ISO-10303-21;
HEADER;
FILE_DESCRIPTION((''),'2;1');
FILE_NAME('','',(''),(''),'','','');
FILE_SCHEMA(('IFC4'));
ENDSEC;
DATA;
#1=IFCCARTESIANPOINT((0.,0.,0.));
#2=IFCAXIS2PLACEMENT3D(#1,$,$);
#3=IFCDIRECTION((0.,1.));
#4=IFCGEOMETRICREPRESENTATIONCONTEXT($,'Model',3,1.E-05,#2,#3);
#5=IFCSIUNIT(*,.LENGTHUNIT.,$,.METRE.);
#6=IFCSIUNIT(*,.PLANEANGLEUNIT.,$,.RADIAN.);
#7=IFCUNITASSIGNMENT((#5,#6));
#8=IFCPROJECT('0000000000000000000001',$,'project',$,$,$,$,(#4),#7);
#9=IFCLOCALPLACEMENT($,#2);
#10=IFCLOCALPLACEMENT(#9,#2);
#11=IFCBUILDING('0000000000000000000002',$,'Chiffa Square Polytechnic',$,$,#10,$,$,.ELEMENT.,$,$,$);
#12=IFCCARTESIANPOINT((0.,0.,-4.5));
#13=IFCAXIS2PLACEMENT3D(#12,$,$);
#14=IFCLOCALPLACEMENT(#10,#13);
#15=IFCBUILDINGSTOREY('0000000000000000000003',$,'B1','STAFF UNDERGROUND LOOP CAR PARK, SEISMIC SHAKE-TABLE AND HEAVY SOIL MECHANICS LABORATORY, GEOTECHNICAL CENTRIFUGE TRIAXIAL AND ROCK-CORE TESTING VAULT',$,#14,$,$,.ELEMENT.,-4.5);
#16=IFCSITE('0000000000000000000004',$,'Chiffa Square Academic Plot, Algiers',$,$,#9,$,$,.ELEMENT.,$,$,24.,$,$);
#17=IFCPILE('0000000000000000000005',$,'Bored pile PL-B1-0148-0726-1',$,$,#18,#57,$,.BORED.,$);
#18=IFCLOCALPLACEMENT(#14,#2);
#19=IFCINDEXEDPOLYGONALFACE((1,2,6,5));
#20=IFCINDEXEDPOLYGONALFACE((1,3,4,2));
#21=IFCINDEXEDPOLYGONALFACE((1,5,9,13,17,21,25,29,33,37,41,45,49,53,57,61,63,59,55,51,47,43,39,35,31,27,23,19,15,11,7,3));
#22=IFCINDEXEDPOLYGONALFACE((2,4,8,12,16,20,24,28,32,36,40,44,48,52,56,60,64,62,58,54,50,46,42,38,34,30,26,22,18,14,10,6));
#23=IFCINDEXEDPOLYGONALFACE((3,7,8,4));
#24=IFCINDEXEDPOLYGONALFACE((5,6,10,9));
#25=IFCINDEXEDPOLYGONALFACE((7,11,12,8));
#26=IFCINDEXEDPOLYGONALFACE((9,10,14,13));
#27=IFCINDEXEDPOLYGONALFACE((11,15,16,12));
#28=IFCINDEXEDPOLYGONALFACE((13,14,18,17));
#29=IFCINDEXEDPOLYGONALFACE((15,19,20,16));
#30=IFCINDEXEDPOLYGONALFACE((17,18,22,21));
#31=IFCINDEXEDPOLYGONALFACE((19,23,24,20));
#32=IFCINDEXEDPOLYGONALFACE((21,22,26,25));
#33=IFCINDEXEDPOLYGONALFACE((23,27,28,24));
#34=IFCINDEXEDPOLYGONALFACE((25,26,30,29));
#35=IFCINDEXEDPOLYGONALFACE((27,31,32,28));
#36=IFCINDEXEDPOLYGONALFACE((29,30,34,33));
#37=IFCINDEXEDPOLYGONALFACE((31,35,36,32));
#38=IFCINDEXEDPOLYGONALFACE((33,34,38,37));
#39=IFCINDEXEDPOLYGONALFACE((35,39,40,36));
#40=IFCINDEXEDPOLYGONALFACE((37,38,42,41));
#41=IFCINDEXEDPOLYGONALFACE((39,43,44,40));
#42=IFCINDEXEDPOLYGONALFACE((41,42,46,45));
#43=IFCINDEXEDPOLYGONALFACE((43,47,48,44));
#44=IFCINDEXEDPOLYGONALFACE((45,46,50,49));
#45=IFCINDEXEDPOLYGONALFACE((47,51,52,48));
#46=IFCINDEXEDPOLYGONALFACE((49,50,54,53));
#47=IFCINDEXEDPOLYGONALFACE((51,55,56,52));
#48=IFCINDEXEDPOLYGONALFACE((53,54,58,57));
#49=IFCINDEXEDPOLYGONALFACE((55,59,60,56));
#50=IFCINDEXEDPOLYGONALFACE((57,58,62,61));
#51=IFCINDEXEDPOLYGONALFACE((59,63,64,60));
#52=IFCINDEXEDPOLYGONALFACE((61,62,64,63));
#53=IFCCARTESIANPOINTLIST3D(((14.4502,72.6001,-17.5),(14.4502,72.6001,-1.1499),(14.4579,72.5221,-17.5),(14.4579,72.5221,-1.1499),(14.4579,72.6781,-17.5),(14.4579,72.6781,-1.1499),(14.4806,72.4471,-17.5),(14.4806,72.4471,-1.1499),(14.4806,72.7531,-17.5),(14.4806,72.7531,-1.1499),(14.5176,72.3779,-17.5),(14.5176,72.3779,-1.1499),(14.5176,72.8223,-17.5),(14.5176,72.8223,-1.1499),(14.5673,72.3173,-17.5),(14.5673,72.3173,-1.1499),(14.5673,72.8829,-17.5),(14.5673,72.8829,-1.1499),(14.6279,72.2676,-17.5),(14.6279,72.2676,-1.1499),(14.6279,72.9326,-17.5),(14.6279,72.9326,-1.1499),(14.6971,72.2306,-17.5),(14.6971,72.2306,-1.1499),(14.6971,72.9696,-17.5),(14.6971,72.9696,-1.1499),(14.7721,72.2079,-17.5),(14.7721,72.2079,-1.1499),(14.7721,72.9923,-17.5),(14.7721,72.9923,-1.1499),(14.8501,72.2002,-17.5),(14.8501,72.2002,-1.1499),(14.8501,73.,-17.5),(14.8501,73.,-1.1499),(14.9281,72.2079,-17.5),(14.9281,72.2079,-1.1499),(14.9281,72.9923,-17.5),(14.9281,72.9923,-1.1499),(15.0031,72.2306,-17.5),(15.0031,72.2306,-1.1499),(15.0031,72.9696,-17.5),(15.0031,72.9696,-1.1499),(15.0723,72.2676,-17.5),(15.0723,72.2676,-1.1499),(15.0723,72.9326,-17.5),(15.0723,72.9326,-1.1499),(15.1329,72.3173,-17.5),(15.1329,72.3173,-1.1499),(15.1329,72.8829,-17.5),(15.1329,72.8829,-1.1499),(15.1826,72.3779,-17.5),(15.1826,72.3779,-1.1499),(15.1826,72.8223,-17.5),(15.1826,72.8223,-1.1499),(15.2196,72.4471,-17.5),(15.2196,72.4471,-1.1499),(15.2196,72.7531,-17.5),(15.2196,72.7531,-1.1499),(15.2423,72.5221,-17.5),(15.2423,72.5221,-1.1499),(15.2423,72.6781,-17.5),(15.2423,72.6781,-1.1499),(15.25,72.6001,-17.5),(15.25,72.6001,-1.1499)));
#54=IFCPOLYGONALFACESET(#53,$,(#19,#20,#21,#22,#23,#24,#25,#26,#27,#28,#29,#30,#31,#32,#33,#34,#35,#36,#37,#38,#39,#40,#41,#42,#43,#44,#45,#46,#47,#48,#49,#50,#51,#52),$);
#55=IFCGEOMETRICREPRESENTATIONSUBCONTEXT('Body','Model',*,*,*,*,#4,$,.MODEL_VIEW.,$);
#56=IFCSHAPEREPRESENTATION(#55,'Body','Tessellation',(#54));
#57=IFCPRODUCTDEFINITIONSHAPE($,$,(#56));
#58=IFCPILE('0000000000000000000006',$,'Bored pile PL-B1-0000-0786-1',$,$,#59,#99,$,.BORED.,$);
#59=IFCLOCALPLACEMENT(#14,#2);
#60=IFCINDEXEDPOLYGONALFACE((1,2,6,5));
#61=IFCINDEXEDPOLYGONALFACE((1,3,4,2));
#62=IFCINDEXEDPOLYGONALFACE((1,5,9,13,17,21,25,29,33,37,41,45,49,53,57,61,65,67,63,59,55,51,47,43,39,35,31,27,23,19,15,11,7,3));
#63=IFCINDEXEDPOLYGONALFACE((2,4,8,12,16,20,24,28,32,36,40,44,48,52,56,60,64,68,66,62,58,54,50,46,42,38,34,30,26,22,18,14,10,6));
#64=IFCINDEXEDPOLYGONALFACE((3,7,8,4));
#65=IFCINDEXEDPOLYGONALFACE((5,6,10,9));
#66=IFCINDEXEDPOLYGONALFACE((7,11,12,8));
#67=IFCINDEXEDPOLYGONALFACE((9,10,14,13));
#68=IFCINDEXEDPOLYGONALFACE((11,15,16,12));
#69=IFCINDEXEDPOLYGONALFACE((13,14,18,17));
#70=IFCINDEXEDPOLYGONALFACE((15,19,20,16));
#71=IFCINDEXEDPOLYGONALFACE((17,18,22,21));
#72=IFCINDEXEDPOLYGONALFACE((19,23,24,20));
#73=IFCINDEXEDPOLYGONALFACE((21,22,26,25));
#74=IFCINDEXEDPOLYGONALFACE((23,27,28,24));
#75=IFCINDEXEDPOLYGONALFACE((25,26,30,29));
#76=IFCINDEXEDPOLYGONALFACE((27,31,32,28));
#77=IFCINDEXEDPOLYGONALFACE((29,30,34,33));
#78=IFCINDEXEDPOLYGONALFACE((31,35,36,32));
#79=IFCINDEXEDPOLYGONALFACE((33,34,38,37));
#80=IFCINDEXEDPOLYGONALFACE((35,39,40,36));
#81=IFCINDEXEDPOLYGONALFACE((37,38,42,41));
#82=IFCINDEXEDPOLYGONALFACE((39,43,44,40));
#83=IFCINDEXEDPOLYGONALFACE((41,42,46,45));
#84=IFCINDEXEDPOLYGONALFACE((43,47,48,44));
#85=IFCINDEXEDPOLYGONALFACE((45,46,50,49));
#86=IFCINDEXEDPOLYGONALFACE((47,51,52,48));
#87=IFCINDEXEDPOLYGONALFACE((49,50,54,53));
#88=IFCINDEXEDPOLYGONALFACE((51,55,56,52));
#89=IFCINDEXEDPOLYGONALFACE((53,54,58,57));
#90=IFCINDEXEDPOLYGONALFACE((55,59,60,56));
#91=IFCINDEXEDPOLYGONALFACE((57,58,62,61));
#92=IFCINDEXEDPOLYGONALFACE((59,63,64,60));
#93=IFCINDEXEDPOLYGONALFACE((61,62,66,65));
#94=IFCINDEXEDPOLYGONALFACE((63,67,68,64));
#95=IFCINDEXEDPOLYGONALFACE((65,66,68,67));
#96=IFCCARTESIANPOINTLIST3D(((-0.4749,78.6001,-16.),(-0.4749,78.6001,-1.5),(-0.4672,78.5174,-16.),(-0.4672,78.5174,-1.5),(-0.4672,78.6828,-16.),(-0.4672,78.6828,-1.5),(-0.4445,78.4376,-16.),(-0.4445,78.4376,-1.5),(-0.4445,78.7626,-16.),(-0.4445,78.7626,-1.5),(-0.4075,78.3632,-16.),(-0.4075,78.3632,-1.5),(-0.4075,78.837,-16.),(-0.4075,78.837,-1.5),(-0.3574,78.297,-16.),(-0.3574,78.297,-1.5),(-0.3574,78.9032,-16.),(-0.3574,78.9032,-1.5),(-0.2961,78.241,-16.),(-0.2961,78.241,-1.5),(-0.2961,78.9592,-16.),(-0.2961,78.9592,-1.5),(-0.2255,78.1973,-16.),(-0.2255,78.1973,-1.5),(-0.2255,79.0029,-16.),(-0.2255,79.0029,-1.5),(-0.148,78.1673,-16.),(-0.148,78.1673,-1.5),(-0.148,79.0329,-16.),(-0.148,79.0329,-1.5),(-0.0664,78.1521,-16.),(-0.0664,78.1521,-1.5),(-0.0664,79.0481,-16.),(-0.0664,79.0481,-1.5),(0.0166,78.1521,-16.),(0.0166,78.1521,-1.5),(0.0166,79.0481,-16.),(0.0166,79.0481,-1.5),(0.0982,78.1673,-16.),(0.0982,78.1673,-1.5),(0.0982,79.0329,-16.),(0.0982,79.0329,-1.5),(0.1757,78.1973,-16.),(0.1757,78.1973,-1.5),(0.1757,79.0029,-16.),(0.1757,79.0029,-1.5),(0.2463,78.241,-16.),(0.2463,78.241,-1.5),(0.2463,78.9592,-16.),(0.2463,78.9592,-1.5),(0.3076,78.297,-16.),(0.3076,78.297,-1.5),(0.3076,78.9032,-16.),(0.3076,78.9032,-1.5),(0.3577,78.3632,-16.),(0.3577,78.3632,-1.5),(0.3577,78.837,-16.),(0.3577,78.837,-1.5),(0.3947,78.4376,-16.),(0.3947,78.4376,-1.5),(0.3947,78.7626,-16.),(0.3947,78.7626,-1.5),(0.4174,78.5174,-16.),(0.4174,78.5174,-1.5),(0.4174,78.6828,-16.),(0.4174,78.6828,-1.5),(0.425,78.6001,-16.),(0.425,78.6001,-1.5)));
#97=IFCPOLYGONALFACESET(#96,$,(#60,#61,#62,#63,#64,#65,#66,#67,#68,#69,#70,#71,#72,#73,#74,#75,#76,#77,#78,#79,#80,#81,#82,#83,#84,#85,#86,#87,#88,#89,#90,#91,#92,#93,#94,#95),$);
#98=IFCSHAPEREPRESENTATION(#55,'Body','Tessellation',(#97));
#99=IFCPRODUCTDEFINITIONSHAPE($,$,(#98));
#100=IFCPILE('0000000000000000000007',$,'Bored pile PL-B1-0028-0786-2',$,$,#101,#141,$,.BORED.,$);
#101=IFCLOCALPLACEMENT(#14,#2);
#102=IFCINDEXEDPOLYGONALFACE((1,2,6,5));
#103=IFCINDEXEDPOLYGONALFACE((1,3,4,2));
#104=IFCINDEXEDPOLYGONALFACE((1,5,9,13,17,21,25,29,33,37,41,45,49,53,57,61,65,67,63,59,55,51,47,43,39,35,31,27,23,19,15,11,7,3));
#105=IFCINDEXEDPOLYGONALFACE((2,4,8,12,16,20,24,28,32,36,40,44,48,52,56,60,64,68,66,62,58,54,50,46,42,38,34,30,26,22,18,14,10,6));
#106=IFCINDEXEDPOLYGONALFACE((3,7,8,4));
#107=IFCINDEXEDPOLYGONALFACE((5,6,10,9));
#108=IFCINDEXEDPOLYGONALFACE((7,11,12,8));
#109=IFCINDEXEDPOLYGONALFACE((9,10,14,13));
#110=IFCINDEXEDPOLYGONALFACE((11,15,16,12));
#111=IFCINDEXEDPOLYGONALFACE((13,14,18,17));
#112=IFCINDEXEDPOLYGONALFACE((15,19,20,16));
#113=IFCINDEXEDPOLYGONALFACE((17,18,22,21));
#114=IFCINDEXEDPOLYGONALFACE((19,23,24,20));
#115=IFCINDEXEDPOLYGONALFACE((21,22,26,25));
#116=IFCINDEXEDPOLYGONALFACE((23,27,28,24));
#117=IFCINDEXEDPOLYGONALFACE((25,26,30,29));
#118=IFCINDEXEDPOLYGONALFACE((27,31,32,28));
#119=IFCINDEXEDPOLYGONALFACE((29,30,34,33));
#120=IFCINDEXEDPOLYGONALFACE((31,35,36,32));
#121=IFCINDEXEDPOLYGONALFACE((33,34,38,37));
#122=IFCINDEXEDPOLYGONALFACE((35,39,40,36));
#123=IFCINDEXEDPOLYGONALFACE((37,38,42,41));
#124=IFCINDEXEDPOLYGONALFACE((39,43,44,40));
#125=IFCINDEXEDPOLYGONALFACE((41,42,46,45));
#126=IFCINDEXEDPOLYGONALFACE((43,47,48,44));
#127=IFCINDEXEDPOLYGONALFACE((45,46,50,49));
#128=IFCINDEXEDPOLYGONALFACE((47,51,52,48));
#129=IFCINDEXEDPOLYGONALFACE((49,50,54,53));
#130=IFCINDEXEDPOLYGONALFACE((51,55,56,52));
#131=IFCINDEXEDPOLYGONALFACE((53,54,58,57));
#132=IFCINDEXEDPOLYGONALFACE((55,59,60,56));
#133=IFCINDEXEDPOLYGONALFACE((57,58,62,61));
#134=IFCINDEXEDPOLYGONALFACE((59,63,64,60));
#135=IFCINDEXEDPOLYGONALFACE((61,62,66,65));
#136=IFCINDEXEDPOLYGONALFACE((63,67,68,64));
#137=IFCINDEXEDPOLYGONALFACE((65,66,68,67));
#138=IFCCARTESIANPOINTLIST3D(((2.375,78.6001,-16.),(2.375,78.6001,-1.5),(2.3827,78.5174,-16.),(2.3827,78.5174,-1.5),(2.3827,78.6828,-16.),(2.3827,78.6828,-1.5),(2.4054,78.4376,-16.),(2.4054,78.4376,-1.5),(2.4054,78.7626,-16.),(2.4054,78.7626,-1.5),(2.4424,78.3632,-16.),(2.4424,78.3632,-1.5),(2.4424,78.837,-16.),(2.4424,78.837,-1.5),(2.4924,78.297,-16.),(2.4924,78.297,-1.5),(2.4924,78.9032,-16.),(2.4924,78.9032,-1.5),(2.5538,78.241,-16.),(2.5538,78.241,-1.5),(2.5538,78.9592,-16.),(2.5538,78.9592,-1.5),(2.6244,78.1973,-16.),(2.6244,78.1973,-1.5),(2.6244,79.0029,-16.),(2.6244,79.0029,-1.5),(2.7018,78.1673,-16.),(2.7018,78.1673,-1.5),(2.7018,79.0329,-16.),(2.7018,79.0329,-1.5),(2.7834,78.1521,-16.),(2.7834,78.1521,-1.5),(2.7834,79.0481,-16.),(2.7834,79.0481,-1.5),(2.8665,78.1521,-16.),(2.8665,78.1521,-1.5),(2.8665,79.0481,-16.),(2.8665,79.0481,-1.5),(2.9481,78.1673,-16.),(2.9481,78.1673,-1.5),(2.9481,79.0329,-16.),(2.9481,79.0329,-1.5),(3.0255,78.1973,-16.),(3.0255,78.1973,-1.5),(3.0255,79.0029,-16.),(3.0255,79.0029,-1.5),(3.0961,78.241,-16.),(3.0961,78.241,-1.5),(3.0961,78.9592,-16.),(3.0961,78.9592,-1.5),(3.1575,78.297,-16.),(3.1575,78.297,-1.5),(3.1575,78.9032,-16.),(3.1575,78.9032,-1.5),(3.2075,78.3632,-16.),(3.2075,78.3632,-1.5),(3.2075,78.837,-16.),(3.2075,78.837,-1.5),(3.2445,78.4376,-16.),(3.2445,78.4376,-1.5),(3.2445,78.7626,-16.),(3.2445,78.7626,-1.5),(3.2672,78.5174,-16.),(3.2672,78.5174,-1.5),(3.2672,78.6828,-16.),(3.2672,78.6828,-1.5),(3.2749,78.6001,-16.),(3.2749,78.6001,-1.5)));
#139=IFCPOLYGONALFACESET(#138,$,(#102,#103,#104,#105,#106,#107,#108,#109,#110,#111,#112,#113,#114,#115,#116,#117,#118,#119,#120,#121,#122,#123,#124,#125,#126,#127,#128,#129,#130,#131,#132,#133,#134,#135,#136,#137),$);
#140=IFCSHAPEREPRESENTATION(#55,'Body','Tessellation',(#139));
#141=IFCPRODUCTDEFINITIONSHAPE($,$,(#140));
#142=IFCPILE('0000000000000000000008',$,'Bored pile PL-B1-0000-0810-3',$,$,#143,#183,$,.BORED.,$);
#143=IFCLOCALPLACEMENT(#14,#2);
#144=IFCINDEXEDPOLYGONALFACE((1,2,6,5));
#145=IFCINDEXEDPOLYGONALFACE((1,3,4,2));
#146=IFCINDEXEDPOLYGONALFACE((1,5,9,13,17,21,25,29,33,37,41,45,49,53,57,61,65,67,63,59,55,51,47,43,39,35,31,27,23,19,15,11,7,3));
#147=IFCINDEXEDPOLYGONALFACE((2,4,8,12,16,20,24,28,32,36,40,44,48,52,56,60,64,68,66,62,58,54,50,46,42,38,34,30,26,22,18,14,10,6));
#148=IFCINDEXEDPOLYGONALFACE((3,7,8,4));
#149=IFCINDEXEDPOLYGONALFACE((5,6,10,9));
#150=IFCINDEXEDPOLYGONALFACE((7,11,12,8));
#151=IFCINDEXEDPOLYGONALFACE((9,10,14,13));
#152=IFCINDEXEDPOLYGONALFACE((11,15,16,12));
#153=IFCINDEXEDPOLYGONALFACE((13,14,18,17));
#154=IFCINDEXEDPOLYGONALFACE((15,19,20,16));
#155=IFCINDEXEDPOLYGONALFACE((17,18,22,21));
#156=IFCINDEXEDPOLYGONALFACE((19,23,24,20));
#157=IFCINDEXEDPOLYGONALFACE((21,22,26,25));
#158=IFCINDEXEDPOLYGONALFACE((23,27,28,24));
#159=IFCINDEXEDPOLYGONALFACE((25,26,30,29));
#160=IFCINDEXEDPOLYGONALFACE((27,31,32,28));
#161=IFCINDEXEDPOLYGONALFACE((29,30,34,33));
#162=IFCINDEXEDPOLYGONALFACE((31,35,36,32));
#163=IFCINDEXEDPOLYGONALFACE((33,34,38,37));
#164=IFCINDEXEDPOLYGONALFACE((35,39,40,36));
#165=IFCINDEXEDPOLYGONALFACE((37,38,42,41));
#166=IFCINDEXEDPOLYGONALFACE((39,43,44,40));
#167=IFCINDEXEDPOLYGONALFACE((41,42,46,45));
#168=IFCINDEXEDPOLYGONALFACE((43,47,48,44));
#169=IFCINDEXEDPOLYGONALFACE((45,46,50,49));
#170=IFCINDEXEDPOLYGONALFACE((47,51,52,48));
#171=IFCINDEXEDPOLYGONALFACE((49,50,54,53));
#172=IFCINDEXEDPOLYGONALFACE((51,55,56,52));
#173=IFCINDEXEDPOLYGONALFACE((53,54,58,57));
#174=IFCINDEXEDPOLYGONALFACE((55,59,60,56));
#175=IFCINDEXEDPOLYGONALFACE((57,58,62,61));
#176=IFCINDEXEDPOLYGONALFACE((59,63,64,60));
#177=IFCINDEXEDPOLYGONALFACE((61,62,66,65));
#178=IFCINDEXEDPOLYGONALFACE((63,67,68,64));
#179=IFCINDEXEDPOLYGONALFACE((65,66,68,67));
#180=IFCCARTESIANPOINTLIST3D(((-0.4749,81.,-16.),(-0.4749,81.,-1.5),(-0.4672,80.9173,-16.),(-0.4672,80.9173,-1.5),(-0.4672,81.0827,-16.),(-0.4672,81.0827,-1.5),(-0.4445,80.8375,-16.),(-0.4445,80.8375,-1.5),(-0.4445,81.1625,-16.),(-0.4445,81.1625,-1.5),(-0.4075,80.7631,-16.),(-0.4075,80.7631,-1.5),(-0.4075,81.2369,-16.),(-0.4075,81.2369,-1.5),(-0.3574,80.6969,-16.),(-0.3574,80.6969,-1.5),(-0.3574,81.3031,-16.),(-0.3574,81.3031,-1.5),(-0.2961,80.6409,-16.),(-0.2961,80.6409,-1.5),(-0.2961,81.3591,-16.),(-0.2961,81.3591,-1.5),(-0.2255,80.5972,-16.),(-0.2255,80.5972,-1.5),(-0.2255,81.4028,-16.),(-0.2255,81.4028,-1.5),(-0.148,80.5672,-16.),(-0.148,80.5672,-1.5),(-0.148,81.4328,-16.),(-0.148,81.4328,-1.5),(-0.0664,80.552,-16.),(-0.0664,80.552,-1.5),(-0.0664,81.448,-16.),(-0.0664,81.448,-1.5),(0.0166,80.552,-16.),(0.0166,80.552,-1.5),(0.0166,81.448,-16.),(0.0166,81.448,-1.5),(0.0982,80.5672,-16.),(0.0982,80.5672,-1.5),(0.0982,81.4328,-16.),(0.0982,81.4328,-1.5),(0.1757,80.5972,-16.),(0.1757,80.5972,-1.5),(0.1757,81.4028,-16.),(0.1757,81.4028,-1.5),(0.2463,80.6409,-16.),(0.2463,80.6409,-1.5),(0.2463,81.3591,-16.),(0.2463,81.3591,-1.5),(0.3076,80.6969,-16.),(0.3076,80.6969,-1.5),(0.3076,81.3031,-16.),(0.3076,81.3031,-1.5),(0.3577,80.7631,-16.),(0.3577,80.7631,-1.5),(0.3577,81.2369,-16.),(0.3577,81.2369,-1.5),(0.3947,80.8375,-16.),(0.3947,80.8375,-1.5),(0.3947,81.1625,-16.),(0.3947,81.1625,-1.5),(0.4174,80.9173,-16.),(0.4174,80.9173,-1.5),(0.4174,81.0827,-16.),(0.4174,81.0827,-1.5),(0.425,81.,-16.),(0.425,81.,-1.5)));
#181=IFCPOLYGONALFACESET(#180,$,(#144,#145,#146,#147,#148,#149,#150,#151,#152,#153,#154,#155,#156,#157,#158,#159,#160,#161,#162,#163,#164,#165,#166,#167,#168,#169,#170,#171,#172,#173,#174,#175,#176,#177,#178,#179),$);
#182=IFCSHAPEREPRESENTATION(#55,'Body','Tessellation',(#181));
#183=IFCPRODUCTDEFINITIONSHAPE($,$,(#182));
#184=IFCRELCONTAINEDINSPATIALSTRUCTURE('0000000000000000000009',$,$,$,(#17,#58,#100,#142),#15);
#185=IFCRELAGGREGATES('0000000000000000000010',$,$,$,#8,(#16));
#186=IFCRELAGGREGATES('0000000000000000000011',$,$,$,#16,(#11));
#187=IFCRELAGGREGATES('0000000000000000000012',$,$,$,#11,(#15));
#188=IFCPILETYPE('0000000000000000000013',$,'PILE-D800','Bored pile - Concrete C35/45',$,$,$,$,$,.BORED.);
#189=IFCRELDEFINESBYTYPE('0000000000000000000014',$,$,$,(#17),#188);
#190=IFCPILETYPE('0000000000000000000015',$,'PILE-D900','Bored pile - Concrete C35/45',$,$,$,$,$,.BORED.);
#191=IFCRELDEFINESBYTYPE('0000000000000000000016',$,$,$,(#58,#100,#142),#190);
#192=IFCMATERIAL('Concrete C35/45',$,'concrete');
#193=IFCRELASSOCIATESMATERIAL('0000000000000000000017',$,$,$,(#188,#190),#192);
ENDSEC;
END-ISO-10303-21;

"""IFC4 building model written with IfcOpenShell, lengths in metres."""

from ifc_helpers import new_model, si_unit, direction, frame, origin, origin_2d, place, context, subcontext, project, spatial, circle, extrude, material, material_profile, profile_set, type_object, element, save


model = new_model("IFC4")

# Units and contexts
model_context = context("Model", 3, precision=1e-05, world=origin(), true_north=direction((0.0, 1.0)))
body_context = subcontext(model_context, "Body", "Model", "MODEL_VIEW")
ifc_project = project(units=[si_unit("LENGTHUNIT", "METRE"), si_unit("PLANEANGLEUNIT", "RADIAN")], contexts=[model_context])

# Site, building, storey
site_placement = place(None, origin())
site = spatial("IfcSite", under=ifc_project, at=site_placement, Name="Chiffa Square Academic Plot, Algiers", CompositionType="ELEMENT", RefElevation=24.0)
building_placement = place(site_placement, origin())
building = spatial("IfcBuilding", under=site, at=building_placement, Name="Chiffa Square Polytechnic", CompositionType="ELEMENT")
storey_placement = place(building_placement, frame((0.0, 0.0, -4.5)))
storey = spatial("IfcBuildingStorey", under=building, at=storey_placement, Name="B1", Description="STAFF UNDERGROUND LOOP CAR PARK, SEISMIC SHAKE-TABLE AND HEAVY SOIL MECHANICS LABORATORY, GEOTECHNICAL CENTRIFUGE TRIAXIAL AND ROCK-CORE TESTING VAULT", CompositionType="ELEMENT", Elevation=-4.5)

# Shared definitions
ifc_material = material(Name="Concrete C35/45", Category="concrete")

# Piles
ifc_material_profile_1 = material_profile(ifc_material, circle(Radius=0.3999, at=origin_2d()), Name="PILE D800")
ifc_profile_set_1 = profile_set([ifc_material_profile_1], Name="Concrete C35/45")
pile_type_1 = type_object("IfcPileType", Name="PILE-D800", Description="Bored pile - Concrete C35/45", PredefinedType="BORED", material=ifc_profile_set_1)
pile_1_placement = place(storey_placement, frame((14.8501, 72.6001, -1.1499), z_axis=(0.0, 0.0, -1.0), x_axis=(1.0, 0.0, 0.0)))
element("IfcPile", 1, at=pile_1_placement, inside=storey, type_object=pile_type_1, Name="Bored pile PL-B1-0148-0726-1", PredefinedType="BORED", context=body_context, shape_type="SweptSolid", body=[
    extrude(circle(Radius=0.3999, at=origin_2d()), origin(), (0.0, 0.0, 1.0), 16.3501),
])
ifc_material_profile_2 = material_profile(ifc_material, circle(Radius=0.45, at=origin_2d()), Name="PILE D900")
ifc_profile_set_2 = profile_set([ifc_material_profile_2], Name="Concrete C35/45")
pile_type_2 = type_object("IfcPileType", Name="PILE-D900", Description="Bored pile - Concrete C35/45", PredefinedType="BORED", material=ifc_profile_set_2)
for number, where, z_axis, x_axis, name in (
    (2, (-0.0249, 78.6001, -1.5), (0.0, 0.0, -1.0), (1.0, 0.0, 0.0), "Bored pile PL-B1-0000-0786-1"),
    (3, (2.825, 78.6001, -1.5), (0.0, 0.0, -1.0), (1.0, 0.0, 0.0), "Bored pile PL-B1-0028-0786-2"),
    (4, (-0.0249, 81.0, -1.5), (0.0, 0.0, -1.0), (1.0, 0.0, 0.0), "Bored pile PL-B1-0000-0810-3"),
):
    element("IfcPile", number, at=place(storey_placement, frame(where, z_axis=z_axis, x_axis=x_axis)), inside=storey, type_object=pile_type_2, Name=name, PredefinedType="BORED", context=body_context, shape_type="SweptSolid", body=[
        extrude(circle(Radius=0.45, at=origin_2d()), origin(), (0.0, 0.0, 1.0), 14.5),
    ])

save(model, "model.ifc")
